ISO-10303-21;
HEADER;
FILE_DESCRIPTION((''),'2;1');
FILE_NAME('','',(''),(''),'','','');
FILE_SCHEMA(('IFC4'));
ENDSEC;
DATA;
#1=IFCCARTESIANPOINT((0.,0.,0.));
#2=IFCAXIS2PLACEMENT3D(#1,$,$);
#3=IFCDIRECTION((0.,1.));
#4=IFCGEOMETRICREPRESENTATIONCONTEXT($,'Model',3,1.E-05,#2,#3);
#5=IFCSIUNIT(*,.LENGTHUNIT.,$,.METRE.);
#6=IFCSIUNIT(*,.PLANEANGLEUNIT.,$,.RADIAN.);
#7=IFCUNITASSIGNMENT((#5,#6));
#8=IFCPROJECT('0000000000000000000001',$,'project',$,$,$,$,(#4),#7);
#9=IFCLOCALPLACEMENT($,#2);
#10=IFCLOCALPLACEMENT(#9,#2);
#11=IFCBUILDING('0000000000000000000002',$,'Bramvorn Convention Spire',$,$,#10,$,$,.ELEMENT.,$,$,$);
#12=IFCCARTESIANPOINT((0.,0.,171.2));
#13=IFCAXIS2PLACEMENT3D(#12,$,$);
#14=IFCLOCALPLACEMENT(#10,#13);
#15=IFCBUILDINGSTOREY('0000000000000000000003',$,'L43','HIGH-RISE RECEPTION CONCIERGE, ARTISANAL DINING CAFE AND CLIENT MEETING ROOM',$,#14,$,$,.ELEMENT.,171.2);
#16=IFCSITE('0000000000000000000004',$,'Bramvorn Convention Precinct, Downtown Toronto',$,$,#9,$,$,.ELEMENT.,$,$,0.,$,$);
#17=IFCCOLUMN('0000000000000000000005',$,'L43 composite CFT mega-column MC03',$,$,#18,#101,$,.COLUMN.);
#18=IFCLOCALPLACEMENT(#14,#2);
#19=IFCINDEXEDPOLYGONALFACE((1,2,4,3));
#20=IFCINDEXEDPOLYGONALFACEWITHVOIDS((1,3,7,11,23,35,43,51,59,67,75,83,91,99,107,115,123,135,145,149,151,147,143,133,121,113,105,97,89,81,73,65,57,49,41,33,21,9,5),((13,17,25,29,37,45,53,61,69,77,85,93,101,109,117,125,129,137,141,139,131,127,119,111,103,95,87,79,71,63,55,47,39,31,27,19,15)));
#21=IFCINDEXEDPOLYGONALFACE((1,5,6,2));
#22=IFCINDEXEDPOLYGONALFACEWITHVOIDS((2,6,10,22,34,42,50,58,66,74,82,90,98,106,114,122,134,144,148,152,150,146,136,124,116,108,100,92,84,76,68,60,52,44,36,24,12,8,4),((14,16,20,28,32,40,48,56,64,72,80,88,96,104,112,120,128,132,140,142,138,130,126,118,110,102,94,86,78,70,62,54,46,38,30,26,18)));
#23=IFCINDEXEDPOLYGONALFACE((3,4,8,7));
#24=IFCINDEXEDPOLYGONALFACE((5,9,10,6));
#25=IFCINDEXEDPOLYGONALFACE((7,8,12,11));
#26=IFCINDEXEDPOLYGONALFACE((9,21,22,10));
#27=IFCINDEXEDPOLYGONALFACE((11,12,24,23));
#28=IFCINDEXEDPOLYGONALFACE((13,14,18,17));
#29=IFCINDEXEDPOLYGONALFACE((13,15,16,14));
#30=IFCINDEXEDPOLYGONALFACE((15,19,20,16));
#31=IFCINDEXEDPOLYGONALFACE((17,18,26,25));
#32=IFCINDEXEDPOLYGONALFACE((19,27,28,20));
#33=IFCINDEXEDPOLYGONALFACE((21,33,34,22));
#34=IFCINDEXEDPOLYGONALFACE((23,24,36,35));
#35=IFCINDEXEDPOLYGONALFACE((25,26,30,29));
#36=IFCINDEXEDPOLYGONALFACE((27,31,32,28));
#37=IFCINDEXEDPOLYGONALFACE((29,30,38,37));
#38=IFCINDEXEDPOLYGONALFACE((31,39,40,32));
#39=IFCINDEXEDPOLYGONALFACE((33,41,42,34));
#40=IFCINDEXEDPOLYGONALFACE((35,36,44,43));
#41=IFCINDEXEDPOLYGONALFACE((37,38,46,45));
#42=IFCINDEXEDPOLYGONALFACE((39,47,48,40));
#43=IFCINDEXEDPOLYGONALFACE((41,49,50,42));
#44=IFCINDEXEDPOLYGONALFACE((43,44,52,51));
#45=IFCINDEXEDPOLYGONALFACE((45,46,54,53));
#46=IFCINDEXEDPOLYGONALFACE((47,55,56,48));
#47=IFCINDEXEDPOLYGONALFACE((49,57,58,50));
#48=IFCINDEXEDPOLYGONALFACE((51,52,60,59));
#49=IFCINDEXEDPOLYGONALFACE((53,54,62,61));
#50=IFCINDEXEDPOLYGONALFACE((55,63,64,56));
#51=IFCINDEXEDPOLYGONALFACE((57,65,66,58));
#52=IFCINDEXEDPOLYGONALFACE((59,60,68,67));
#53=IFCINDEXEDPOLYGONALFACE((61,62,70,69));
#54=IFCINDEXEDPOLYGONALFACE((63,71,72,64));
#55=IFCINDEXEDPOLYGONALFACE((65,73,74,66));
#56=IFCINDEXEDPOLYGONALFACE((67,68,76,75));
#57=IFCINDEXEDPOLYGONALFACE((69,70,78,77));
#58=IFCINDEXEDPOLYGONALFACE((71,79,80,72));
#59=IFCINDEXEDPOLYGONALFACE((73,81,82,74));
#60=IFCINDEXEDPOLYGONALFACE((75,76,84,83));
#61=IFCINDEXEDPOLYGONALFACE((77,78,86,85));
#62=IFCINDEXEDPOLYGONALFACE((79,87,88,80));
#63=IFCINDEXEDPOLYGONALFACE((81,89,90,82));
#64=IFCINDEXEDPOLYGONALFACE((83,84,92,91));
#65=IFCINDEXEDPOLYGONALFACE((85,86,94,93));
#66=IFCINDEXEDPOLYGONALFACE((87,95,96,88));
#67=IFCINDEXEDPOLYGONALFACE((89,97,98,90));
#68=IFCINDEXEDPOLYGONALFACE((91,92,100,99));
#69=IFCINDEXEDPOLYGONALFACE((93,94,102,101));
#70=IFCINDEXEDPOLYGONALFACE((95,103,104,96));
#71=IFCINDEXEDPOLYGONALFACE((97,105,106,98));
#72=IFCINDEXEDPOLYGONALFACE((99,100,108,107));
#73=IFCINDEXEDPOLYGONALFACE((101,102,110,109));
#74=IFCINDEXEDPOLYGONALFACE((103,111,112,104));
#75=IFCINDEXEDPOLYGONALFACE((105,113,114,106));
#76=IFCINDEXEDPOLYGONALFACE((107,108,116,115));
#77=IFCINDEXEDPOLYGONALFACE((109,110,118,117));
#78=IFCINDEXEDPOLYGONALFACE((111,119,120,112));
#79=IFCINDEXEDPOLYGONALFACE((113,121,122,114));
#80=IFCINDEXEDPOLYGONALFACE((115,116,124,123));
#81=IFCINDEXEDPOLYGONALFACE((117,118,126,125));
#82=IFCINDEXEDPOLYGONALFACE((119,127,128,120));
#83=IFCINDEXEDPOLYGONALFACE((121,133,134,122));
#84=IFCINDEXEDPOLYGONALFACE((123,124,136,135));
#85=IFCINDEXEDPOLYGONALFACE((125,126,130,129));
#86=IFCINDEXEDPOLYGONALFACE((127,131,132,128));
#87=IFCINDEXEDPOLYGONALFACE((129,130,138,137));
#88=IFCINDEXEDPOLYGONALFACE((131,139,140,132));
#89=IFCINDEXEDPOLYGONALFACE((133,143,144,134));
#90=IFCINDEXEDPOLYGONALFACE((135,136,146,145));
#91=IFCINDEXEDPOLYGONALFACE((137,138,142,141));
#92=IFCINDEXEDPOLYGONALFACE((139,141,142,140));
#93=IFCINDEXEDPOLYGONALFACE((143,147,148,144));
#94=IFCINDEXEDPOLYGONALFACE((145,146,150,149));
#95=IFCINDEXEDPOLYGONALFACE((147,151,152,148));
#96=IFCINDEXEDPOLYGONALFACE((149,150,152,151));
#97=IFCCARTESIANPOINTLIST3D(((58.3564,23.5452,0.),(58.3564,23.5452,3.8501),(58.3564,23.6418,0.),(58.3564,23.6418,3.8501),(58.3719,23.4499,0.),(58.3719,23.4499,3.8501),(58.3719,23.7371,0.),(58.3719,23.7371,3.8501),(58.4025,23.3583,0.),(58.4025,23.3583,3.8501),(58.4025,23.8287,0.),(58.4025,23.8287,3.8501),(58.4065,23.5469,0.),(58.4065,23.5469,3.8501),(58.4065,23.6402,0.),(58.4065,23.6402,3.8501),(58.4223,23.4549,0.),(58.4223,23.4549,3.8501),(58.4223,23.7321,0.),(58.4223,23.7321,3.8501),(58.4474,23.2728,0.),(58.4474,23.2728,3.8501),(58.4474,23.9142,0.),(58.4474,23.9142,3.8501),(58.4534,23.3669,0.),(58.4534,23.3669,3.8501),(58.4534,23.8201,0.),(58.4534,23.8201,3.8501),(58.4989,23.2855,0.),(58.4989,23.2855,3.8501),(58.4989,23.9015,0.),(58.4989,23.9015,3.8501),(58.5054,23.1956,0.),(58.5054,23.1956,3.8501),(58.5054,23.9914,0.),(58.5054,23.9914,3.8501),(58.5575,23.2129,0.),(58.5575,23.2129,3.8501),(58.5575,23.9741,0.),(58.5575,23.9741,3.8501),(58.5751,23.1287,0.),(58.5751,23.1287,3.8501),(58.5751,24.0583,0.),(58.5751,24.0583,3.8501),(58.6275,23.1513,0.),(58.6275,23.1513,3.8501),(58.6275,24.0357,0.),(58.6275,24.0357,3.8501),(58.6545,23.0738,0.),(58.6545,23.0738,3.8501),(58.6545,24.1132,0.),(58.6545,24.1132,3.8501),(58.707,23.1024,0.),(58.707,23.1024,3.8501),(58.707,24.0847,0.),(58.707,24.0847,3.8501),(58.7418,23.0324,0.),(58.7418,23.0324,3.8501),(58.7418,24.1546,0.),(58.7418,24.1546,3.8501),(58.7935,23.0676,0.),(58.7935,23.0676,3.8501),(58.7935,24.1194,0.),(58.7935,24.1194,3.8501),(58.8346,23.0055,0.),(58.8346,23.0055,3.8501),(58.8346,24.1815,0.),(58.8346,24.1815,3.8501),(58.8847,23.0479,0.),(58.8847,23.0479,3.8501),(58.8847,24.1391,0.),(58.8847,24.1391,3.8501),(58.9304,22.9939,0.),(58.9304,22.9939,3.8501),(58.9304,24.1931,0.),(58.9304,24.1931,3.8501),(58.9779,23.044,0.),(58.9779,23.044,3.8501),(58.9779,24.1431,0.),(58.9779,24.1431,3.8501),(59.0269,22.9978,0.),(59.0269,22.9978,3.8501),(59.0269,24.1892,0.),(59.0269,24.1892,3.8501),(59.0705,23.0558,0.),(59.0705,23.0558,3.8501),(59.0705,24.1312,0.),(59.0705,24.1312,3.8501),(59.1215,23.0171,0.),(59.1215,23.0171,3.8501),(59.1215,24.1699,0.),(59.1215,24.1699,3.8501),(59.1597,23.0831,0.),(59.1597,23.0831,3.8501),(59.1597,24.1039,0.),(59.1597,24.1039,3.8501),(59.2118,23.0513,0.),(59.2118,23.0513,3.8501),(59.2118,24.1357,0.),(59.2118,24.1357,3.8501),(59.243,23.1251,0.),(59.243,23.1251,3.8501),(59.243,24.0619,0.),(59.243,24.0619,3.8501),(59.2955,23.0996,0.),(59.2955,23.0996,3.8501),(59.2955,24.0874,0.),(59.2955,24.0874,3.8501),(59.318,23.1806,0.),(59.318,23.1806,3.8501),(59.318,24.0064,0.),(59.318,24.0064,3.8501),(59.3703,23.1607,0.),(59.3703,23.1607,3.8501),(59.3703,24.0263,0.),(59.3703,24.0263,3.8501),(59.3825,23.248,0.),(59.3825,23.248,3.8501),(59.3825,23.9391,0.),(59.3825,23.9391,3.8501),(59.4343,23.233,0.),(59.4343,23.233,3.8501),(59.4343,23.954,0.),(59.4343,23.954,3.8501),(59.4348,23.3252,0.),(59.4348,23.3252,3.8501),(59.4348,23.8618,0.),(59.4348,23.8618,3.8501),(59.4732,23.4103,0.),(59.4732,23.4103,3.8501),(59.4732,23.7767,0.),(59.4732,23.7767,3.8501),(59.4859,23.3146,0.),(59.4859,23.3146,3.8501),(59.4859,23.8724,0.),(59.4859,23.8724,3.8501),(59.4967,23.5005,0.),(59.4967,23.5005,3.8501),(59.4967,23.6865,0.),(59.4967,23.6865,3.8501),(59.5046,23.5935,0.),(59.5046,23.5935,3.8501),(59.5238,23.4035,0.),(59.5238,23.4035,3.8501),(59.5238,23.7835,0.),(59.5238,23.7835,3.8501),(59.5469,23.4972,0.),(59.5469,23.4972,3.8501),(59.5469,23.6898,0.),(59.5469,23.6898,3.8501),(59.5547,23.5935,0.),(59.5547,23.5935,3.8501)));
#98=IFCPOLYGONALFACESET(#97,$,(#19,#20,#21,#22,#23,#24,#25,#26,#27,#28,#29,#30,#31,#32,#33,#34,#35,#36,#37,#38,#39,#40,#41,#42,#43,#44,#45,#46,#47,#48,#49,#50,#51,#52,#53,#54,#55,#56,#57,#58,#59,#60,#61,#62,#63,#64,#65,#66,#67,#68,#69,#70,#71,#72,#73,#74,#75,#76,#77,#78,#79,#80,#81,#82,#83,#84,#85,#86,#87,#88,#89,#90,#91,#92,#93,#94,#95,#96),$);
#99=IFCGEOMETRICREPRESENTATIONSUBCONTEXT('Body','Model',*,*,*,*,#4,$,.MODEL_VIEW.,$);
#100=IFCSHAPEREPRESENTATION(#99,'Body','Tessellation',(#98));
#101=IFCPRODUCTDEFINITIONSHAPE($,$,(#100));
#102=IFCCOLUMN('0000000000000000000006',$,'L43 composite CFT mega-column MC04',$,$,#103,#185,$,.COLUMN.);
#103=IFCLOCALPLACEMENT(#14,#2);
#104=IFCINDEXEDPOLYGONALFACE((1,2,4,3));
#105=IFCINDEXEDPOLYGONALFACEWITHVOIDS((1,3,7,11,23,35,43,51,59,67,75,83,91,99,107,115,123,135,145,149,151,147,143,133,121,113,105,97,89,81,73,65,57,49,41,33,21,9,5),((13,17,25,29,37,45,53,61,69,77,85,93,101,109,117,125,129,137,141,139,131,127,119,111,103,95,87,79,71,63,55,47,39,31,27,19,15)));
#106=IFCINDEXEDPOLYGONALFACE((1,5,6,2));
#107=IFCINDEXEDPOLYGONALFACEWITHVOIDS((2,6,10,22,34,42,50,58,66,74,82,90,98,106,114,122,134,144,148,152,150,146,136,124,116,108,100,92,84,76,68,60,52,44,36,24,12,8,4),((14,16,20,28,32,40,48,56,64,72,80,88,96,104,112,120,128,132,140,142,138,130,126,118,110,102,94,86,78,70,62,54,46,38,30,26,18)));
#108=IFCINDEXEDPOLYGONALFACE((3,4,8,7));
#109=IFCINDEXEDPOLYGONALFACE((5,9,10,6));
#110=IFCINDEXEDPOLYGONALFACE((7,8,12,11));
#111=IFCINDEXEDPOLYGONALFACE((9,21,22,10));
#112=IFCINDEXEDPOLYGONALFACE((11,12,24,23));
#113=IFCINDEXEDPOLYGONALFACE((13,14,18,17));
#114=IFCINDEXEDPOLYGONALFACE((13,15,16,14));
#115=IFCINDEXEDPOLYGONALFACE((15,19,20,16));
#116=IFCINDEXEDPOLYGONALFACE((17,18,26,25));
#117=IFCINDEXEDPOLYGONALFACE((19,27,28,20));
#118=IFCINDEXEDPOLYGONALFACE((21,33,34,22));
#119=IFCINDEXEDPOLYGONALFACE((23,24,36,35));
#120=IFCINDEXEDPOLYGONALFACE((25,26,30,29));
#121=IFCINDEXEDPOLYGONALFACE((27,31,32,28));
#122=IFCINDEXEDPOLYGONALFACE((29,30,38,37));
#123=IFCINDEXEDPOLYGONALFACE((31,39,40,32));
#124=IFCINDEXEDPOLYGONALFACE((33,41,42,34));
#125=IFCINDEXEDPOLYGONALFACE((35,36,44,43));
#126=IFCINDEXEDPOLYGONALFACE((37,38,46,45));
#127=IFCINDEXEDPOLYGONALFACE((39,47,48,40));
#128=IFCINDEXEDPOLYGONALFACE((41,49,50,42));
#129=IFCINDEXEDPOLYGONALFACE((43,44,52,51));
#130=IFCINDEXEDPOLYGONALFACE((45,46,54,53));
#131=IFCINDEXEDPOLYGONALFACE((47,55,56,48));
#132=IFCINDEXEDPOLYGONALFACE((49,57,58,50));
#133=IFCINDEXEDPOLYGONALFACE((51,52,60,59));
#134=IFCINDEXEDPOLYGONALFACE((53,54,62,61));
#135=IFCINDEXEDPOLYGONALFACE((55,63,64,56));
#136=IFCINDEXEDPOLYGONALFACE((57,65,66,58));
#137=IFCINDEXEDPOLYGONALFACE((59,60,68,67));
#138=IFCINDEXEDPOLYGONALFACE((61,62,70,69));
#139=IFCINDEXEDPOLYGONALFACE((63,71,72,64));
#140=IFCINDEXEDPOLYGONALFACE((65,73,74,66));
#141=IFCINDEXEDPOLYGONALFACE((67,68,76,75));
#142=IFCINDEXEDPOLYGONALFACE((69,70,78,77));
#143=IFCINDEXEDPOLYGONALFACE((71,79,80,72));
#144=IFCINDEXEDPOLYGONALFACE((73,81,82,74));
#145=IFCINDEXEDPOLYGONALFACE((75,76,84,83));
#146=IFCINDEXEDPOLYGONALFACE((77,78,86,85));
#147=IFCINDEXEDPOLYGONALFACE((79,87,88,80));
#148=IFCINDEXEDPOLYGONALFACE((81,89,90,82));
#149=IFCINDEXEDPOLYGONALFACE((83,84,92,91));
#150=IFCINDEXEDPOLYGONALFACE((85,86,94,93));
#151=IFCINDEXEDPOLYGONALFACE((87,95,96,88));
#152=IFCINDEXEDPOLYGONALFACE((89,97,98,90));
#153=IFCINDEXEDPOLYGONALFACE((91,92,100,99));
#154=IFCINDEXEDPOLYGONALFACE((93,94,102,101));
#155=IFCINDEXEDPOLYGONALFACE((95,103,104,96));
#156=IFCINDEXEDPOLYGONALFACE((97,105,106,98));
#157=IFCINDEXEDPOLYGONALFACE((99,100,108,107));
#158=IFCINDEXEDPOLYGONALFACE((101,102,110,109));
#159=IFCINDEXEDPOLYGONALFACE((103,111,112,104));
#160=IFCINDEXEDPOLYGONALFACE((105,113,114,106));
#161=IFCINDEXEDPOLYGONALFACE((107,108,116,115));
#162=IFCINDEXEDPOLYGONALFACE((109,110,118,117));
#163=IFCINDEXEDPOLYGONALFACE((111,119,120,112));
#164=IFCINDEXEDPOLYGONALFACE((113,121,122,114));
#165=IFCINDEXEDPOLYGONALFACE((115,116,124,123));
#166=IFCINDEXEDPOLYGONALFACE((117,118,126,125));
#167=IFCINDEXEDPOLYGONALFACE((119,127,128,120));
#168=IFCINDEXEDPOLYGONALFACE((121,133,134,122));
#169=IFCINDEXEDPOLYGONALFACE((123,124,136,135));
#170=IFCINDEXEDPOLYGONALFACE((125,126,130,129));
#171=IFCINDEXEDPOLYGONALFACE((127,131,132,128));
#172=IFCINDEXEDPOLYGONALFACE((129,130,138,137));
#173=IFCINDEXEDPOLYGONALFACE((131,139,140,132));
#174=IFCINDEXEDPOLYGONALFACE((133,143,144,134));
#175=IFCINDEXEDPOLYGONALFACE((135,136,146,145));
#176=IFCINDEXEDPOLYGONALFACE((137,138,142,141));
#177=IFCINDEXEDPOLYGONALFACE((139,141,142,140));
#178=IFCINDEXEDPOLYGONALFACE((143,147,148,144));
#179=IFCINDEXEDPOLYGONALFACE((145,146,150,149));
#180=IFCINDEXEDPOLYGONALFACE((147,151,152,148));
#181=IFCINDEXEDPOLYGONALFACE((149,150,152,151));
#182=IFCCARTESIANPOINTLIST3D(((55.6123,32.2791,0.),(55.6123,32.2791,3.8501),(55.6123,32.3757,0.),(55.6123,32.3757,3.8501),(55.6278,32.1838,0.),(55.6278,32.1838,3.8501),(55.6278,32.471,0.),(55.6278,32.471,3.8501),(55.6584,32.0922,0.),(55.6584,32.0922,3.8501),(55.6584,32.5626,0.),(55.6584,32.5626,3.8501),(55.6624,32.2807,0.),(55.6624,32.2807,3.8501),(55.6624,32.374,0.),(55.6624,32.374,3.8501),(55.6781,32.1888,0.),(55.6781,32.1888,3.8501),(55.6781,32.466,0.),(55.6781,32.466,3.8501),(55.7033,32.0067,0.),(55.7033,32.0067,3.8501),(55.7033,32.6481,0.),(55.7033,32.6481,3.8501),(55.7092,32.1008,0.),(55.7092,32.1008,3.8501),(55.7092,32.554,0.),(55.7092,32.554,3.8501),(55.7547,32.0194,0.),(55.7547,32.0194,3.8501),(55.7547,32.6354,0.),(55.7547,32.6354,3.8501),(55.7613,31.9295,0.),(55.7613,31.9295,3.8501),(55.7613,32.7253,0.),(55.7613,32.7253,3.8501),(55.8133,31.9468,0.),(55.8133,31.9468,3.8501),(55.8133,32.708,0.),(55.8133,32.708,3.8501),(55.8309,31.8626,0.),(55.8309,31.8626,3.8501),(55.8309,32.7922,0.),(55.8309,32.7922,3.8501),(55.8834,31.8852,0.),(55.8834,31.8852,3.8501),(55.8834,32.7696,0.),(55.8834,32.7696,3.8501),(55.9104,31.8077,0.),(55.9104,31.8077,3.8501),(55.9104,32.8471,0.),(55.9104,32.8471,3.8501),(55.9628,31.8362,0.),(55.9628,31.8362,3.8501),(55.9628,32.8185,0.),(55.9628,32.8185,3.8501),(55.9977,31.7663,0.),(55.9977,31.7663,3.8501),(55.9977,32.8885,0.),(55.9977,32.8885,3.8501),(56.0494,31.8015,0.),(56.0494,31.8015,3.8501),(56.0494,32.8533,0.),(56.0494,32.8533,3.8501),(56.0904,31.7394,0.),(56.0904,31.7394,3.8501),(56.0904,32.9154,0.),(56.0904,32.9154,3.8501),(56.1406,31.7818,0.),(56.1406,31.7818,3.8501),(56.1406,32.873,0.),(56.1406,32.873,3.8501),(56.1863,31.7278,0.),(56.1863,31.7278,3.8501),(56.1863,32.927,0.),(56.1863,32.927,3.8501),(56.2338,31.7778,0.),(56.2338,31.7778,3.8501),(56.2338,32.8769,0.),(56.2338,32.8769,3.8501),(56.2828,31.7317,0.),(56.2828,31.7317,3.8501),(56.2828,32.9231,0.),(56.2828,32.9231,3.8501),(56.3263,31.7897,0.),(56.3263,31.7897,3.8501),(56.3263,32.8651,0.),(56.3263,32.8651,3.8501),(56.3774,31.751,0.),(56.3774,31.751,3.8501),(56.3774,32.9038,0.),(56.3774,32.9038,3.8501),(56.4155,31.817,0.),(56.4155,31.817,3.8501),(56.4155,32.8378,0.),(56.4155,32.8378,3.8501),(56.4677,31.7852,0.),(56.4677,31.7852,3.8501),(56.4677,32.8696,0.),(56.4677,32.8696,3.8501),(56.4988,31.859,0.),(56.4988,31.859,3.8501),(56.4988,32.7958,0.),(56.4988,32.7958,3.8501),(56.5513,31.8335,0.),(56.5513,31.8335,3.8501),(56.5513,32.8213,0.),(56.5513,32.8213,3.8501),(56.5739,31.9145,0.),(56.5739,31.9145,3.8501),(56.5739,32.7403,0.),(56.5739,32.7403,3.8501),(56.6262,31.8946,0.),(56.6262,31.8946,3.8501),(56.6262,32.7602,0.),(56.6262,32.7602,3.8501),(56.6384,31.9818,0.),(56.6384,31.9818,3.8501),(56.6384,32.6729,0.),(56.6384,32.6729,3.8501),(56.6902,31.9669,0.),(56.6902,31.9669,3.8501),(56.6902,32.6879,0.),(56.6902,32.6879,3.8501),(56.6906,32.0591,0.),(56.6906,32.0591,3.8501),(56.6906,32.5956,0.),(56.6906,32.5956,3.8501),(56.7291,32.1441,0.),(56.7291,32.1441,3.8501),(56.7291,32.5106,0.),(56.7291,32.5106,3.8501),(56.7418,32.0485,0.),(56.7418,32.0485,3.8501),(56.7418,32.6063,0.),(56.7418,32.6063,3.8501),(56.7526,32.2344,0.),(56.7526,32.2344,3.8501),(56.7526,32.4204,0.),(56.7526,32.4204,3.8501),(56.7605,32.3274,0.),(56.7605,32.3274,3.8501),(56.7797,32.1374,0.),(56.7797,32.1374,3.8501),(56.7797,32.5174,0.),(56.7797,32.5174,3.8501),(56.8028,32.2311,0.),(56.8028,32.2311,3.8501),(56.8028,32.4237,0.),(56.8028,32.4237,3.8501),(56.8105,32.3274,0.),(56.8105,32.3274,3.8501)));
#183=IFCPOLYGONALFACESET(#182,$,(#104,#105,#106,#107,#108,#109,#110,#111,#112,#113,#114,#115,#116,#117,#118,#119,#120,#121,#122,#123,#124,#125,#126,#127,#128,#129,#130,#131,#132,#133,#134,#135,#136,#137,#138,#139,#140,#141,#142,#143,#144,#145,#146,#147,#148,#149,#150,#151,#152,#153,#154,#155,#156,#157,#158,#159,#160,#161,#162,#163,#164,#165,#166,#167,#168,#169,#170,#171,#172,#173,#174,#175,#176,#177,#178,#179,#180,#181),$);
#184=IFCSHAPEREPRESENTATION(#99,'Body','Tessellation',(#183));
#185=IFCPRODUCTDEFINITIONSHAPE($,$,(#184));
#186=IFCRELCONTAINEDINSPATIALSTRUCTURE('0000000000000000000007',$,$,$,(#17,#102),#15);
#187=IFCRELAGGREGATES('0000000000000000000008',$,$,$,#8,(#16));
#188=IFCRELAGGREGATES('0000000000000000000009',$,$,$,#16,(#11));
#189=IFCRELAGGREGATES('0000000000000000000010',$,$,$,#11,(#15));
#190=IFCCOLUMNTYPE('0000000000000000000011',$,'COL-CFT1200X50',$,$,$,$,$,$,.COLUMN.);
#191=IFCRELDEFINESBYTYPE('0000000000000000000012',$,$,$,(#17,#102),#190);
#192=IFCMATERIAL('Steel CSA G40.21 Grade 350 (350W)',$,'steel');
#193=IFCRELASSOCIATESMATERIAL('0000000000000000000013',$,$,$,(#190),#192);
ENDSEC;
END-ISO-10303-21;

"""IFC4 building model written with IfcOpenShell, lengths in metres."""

from ifc_helpers import new_model, si_unit, direction, frame, origin, origin_2d, place, context, subcontext, project, spatial, hollow_circle, extrude, material, material_profile, profile_set, type_object, element, save


model = new_model("IFC4")

# Units and contexts
model_context = context("Model", 3, precision=1e-05, world=origin(), true_north=direction((0.0, 1.0)))
body_context = subcontext(model_context, "Body", "Model", "MODEL_VIEW")
ifc_project = project(units=[si_unit("LENGTHUNIT", "METRE"), si_unit("PLANEANGLEUNIT", "RADIAN")], contexts=[model_context])

# Site, building, storey
site_placement = place(None, origin())
site = spatial("IfcSite", under=ifc_project, at=site_placement, Name="Bramvorn Convention Precinct, Downtown Toronto", CompositionType="ELEMENT", RefElevation=0.0)
building_placement = place(site_placement, origin())
building = spatial("IfcBuilding", under=site, at=building_placement, Name="Bramvorn Convention Spire", CompositionType="ELEMENT")
storey_placement = place(building_placement, frame((0.0, 0.0, 171.2)))
storey = spatial("IfcBuildingStorey", under=building, at=storey_placement, Name="L43", Description="HIGH-RISE RECEPTION CONCIERGE, ARTISANAL DINING CAFE AND CLIENT MEETING ROOM", CompositionType="ELEMENT", Elevation=171.2)

# Columns
ifc_material_1 = material(Name="Steel CSA G40.21 Grade 350 (350W)", Category="steel")
ifc_material_profile_1 = material_profile(ifc_material_1, hollow_circle(Radius=0.6001, WallThickness=0.05, at=origin_2d()))
ifc_profile_set_1 = profile_set([ifc_material_profile_1], Name="Steel CSA G40.21 Grade 350 (350W) - CFT1200X50")
column_type = type_object("IfcColumnType", Name="COL-CFT1200X50", PredefinedType="COLUMN", material=ifc_profile_set_1)
for number, where, z_axis, x_axis, name in (
    (1, (58.9546, 23.5935, 0.0), (0.0, 0.0, 1.0), (1.0, 0.0, 0.0), "L43 composite CFT mega-column MC03"),
    (2, (56.2104, 32.3274, 0.0), (0.0, 0.0, 1.0), (1.0, 0.0, 0.0), "L43 composite CFT mega-column MC04"),
):
    element("IfcColumn", number, at=place(storey_placement, frame(where, z_axis=z_axis, x_axis=x_axis)), inside=storey, type_object=column_type, Name=name, PredefinedType="COLUMN", context=body_context, shape_type="SweptSolid", body=[
        extrude(hollow_circle(Radius=0.6001, WallThickness=0.05, at=origin_2d()), origin(), (0.0, 0.0, 1.0), 3.8501),
    ])

save(model, "model.ifc")
